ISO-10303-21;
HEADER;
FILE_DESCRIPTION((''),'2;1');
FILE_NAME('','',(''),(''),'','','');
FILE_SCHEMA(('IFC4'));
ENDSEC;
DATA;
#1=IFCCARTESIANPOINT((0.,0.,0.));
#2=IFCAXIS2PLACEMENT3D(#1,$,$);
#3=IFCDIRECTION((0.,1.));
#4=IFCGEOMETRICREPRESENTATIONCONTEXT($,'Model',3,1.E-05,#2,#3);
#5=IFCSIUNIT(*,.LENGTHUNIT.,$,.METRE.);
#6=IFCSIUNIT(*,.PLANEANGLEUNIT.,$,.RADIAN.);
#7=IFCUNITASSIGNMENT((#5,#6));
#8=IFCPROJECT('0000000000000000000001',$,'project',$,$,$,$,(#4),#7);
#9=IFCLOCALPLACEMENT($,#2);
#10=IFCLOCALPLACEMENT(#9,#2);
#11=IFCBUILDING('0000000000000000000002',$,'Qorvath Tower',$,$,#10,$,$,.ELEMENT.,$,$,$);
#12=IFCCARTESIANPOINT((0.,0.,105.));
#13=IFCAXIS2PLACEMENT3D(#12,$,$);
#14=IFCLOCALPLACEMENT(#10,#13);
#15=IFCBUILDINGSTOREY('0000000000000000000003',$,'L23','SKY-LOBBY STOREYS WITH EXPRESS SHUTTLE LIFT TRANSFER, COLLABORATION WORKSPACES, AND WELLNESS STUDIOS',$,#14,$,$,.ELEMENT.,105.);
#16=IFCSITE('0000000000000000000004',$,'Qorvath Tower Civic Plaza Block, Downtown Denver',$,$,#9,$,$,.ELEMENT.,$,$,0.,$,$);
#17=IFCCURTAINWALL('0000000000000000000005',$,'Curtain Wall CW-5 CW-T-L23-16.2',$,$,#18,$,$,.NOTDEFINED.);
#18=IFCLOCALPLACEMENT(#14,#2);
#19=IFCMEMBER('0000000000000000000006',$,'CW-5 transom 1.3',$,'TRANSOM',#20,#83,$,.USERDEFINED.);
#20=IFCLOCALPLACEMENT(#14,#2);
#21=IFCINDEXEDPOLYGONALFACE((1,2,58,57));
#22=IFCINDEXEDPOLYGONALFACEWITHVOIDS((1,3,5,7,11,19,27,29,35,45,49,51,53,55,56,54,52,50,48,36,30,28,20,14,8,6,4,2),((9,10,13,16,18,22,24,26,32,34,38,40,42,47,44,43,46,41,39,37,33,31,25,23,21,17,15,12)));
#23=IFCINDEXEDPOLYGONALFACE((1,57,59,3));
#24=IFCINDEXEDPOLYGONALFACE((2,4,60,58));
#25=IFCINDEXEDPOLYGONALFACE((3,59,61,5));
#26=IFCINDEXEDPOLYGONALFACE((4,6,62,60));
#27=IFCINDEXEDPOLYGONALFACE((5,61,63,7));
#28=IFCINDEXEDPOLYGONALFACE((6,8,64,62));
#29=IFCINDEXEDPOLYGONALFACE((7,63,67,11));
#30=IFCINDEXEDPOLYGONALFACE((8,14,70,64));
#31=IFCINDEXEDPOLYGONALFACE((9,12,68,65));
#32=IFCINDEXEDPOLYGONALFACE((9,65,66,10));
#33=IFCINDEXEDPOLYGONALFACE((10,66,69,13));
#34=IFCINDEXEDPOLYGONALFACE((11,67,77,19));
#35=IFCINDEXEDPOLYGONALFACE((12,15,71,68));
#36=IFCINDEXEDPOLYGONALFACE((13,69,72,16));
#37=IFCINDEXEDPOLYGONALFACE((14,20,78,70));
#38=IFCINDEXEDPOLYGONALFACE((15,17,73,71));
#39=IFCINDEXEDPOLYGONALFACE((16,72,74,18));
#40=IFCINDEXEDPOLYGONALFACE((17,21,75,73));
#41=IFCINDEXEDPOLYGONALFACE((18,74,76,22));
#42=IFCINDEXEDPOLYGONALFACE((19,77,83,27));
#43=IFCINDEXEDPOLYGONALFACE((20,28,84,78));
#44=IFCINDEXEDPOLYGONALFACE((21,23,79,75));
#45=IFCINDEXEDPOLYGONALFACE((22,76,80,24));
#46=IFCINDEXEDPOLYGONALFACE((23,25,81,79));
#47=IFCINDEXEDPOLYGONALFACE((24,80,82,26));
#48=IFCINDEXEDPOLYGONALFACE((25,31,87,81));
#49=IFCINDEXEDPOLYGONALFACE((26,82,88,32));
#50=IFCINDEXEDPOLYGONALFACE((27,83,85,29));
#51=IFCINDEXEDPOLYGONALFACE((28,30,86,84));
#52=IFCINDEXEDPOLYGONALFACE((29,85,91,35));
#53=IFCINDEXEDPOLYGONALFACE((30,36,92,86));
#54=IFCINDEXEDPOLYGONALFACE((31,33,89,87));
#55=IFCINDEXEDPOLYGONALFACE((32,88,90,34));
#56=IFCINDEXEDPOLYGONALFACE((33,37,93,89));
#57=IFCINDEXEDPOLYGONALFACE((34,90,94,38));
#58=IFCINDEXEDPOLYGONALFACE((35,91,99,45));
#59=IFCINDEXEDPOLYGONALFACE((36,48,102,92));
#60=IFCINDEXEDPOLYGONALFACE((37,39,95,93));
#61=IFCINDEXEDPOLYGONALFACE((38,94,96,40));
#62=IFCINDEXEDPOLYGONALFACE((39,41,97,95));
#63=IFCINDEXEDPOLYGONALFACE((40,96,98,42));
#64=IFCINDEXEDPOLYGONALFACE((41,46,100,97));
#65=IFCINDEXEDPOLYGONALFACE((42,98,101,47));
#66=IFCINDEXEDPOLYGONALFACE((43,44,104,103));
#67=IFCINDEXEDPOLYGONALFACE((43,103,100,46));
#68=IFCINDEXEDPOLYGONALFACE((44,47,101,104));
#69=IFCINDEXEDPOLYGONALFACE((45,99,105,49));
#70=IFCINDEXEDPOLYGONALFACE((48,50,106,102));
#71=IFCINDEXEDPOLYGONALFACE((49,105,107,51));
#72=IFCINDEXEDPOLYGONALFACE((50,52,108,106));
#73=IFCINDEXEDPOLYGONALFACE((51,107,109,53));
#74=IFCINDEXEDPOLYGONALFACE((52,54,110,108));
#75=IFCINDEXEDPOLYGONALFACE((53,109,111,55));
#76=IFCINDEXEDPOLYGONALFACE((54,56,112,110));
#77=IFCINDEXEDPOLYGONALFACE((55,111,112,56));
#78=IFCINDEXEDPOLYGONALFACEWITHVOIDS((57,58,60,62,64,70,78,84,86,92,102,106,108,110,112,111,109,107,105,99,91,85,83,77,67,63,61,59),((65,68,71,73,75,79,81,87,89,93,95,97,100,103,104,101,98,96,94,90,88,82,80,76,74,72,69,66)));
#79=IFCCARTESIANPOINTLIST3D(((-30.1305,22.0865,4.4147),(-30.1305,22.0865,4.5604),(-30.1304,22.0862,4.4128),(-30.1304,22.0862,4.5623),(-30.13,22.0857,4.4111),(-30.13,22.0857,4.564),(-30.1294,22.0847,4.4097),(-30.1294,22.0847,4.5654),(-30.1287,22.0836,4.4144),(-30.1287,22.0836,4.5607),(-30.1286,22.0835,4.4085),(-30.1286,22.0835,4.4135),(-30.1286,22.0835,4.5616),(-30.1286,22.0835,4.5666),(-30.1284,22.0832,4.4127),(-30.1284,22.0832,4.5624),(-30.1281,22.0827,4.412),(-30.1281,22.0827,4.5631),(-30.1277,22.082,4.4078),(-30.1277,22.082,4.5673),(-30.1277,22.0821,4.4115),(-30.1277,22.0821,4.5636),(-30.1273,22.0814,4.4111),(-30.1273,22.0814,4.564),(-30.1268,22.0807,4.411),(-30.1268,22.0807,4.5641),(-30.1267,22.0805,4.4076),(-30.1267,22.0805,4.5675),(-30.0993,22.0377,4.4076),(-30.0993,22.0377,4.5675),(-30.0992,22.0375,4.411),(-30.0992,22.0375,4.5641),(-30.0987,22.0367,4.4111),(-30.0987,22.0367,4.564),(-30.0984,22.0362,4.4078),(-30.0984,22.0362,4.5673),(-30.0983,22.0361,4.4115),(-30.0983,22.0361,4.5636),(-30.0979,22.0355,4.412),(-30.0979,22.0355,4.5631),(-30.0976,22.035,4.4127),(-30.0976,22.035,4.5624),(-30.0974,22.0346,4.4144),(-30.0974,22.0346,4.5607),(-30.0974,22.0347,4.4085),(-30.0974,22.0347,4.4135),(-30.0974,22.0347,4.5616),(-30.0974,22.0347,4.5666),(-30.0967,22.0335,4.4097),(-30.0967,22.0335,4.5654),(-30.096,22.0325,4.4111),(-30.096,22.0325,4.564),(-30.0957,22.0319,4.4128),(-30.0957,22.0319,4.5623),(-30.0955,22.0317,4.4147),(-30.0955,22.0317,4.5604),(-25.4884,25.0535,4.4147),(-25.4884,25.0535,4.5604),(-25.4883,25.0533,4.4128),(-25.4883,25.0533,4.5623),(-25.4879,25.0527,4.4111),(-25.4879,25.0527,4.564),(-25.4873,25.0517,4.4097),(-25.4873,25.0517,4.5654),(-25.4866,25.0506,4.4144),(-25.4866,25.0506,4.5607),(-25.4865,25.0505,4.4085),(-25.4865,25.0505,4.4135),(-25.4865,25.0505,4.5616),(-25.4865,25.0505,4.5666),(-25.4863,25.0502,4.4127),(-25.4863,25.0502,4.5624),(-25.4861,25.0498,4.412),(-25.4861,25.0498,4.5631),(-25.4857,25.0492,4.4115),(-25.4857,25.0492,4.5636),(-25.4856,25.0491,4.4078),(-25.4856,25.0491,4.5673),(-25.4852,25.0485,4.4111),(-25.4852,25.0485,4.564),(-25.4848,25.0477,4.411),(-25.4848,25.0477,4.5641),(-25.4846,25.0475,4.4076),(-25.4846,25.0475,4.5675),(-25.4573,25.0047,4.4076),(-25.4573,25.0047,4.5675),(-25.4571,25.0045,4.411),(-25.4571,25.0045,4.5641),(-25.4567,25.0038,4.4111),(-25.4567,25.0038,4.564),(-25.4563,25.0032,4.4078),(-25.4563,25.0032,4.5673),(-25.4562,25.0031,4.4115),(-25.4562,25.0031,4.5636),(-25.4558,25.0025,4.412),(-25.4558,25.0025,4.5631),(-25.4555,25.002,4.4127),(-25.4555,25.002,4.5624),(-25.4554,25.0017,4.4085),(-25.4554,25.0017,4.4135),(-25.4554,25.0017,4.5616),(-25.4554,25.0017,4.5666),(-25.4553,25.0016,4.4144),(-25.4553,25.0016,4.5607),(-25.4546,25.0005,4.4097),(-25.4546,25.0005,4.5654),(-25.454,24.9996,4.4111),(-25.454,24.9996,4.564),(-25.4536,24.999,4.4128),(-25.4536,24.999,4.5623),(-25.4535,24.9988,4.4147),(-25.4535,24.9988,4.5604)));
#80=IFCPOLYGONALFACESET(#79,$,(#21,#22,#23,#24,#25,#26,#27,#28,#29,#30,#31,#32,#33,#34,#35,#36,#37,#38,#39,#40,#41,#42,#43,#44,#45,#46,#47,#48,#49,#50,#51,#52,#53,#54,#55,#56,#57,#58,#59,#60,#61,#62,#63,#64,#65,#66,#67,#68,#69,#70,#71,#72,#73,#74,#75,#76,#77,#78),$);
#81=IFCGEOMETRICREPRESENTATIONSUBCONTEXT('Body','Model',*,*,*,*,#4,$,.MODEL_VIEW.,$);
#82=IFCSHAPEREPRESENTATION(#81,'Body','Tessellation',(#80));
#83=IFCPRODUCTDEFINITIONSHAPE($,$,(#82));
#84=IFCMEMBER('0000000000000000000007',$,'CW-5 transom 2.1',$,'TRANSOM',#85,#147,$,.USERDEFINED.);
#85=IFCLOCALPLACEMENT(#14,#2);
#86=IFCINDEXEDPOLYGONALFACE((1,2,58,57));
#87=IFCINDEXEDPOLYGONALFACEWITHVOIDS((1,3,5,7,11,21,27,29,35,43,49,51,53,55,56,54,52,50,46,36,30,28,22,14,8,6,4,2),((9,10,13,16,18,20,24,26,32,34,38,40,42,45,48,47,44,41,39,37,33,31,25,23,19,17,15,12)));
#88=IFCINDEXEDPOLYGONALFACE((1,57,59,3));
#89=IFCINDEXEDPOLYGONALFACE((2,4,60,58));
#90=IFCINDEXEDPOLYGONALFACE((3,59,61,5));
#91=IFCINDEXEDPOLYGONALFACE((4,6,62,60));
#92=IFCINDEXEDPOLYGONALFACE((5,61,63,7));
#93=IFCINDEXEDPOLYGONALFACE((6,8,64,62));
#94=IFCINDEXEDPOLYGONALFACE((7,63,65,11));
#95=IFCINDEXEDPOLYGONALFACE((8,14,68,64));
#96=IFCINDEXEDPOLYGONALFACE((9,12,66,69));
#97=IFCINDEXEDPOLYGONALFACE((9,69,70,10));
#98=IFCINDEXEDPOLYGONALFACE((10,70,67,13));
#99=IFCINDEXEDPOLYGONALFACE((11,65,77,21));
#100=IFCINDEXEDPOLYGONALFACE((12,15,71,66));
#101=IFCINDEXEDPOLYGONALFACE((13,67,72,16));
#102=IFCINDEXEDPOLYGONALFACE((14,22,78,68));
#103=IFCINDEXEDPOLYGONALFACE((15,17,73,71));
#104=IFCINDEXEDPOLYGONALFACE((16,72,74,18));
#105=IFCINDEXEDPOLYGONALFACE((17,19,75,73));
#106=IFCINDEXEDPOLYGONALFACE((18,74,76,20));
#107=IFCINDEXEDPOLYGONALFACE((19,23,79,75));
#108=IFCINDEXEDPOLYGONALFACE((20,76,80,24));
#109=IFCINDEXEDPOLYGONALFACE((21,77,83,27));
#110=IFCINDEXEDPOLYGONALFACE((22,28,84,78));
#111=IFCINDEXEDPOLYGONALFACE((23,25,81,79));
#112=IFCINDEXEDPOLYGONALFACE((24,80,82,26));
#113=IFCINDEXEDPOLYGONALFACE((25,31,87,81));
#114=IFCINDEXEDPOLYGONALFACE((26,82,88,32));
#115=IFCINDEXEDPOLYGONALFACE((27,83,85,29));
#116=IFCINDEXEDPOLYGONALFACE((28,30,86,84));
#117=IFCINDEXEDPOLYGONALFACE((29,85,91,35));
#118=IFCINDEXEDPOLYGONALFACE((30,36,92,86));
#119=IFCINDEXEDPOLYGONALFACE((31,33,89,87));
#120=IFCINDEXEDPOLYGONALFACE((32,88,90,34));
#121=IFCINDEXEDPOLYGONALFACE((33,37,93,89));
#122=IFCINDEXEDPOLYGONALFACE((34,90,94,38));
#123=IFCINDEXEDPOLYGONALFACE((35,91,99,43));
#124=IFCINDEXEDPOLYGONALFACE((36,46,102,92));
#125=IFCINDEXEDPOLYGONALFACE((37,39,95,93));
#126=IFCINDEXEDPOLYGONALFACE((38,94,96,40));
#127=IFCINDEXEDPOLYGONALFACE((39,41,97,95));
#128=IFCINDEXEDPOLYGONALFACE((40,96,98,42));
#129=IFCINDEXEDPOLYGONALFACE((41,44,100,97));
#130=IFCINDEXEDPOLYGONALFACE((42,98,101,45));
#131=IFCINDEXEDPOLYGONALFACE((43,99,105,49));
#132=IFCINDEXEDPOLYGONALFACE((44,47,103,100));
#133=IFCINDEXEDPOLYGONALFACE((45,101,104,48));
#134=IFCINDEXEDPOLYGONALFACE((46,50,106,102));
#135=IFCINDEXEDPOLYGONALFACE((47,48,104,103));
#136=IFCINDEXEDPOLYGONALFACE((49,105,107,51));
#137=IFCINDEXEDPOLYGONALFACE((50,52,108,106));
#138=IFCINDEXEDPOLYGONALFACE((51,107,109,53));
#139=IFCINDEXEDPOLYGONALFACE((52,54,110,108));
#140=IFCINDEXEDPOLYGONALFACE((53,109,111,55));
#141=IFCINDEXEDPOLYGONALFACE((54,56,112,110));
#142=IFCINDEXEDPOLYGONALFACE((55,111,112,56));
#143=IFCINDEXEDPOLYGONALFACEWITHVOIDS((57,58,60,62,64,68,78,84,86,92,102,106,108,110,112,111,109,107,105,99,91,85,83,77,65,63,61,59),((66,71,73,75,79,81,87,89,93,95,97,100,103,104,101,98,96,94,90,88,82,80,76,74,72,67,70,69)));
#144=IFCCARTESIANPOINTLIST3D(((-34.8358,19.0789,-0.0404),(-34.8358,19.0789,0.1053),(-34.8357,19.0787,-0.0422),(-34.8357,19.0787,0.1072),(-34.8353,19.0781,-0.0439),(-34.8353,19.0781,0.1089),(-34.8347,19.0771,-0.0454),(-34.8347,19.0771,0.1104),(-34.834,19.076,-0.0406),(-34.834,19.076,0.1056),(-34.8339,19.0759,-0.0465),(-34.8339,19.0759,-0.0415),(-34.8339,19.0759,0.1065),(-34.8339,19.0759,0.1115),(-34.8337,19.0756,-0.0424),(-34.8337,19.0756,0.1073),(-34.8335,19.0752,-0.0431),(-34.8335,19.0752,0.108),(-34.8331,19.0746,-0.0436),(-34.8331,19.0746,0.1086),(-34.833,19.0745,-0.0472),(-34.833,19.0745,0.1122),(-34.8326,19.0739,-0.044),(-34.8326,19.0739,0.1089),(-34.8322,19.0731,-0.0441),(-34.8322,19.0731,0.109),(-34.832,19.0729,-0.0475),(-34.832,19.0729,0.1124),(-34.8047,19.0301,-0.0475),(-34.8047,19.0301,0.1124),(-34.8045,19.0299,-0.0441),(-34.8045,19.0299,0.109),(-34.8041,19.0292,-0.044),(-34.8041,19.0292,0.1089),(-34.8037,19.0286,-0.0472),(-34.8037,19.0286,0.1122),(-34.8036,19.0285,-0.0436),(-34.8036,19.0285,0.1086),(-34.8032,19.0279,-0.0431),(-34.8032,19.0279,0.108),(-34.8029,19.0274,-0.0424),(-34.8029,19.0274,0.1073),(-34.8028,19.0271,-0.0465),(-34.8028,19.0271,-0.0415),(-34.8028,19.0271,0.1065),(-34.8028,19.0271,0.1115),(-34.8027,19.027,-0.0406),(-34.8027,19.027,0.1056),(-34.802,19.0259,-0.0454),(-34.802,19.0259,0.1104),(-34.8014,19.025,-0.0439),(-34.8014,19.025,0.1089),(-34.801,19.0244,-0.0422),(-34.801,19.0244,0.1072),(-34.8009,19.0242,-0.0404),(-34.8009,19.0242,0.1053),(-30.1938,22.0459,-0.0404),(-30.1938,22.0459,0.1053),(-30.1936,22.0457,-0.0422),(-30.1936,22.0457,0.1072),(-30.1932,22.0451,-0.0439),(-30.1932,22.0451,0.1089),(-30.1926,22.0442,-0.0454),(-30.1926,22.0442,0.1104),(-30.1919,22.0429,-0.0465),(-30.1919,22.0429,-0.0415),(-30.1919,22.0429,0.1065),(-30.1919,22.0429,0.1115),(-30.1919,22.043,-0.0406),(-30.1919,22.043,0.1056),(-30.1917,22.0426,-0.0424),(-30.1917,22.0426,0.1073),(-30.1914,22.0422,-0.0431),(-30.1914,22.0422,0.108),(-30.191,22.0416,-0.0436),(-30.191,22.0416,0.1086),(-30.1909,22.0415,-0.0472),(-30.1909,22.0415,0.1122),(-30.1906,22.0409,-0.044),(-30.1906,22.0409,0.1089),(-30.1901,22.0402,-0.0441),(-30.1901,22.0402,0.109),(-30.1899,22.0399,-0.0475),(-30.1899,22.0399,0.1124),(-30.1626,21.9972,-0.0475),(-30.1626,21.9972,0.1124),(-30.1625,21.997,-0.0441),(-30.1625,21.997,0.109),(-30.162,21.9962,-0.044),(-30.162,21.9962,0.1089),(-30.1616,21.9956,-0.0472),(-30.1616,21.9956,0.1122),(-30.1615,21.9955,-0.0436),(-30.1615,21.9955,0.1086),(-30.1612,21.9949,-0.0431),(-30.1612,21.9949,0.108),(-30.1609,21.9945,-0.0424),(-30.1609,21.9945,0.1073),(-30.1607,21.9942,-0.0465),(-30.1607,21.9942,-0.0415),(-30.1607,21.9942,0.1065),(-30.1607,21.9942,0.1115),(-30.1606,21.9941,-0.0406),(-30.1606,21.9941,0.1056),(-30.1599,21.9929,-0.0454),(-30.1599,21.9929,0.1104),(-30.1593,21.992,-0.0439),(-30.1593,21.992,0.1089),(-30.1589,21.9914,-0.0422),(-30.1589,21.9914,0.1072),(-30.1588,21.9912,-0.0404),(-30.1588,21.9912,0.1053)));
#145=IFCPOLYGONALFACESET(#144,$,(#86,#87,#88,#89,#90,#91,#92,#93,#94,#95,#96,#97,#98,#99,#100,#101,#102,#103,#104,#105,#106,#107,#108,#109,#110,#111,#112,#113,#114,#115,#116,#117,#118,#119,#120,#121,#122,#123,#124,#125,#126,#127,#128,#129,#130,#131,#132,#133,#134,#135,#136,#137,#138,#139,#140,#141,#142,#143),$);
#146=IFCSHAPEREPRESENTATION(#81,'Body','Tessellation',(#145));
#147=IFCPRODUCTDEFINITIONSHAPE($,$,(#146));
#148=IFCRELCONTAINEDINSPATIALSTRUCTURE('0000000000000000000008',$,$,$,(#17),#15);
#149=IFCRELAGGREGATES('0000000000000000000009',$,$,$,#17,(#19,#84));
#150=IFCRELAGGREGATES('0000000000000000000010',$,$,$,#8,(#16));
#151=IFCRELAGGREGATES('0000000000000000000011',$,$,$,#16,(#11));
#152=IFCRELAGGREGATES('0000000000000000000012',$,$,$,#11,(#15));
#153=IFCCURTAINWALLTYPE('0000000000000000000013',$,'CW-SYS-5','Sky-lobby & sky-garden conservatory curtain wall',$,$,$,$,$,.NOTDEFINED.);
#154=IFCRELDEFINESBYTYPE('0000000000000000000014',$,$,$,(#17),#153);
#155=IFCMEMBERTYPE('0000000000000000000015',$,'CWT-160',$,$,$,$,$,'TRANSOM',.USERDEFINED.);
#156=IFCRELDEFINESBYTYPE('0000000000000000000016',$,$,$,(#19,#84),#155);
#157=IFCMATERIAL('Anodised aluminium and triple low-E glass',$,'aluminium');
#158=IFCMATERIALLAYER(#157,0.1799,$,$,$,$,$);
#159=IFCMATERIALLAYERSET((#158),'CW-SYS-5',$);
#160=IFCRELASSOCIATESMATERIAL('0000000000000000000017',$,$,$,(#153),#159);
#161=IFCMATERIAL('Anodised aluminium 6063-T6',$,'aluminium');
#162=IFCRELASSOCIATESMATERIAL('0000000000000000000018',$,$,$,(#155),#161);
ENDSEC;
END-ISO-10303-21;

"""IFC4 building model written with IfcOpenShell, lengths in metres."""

from ifc_helpers import new_model, si_unit, direction, frame, origin, origin_2d, place, context, subcontext, project, spatial, hollow_rectangle, extrude, material, layer, layer_set, material_profile, profile_set, type_object, element, aggregate, save


model = new_model("IFC4")

# Units and contexts
model_context = context("Model", 3, precision=1e-05, world=origin(), true_north=direction((0.0, 1.0)))
body_context = subcontext(model_context, "Body", "Model", "MODEL_VIEW")
ifc_project = project(units=[si_unit("LENGTHUNIT", "METRE"), si_unit("PLANEANGLEUNIT", "RADIAN")], contexts=[model_context])

# Site, building, storey
site_placement = place(None, origin())
site = spatial("IfcSite", under=ifc_project, at=site_placement, Name="Qorvath Tower Civic Plaza Block, Downtown Denver", CompositionType="ELEMENT", RefElevation=0.0)
building_placement = place(site_placement, origin())
building = spatial("IfcBuilding", under=site, at=building_placement, Name="Qorvath Tower", CompositionType="ELEMENT")
storey_placement = place(building_placement, frame((0.0, 0.0, 105.0)))
storey = spatial("IfcBuildingStorey", under=building, at=storey_placement, Name="L23", Description="SKY-LOBBY STOREYS WITH EXPRESS SHUTTLE LIFT TRANSFER, COLLABORATION WORKSPACES, AND WELLNESS STUDIOS", CompositionType="ELEMENT", Elevation=105.0)

# Shared definitions
ifc_material_1 = material(Name="Anodised aluminium and triple low-E glass", Category="aluminium")
ifc_layer_1 = layer(ifc_material_1, 0.1799)
ifc_layer_set_1 = layer_set([ifc_layer_1], Name="CW-SYS-5")
curtain_wall_type = type_object("IfcCurtainWallType", Name="CW-SYS-5", Description="Sky-lobby & sky-garden conservatory curtain wall", PredefinedType="NOTDEFINED", material=ifc_layer_set_1)

# Curtain wall
curtain_wall_1_placement = place(storey_placement, origin())
curtain_wall_1 = element("IfcCurtainWall", 1, at=curtain_wall_1_placement, inside=storey, type_object=curtain_wall_type, Name="Curtain Wall CW-5 CW-T-L23-16.2", PredefinedType="NOTDEFINED")

# Members
ifc_material_2 = material(Name="Anodised aluminium 6063-T6", Category="aluminium")
ifc_material_profile_1 = material_profile(ifc_material_2, hollow_rectangle(XDim=0.0649, YDim=0.1599, WallThickness=0.0034, InnerFilletRadius=0.0034, OuterFilletRadius=0.0071, at=origin_2d()), Name="CWT 160x65")
ifc_profile_set_1 = profile_set([ifc_material_profile_1], Name="Anodised aluminium 6063-T6")
member_type_1 = type_object("IfcMemberType", Name="CWT-160", ElementType="TRANSOM", PredefinedType="USERDEFINED", material=ifc_profile_set_1)
member_1_placement = place(storey_placement, frame((-25.4709, 25.0261, 4.4875), z_axis=(-0.842592, -0.538552, 0.0), x_axis=(0.538552, -0.842592, 0.0)))
member_1 = element("IfcMember", 2, at=member_1_placement, type_object=member_type_1, Name="CW-5 transom 1.3", ObjectType="TRANSOM", PredefinedType="USERDEFINED", context=body_context, shape_type="SweptSolid", body=[
    extrude(hollow_rectangle(XDim=0.0649, YDim=0.1599, WallThickness=0.0034, InnerFilletRadius=0.0034, OuterFilletRadius=0.0071, at=origin_2d()), origin(), (0.0, 0.0, 1.0), 5.5093),
])
member_2_placement = place(storey_placement, frame((-30.1763, 22.0186, 0.0325), z_axis=(-0.842592, -0.538552, 0.0), x_axis=(0.538552, -0.842592, 0.0)))
member_2 = element("IfcMember", 3, at=member_2_placement, type_object=member_type_1, Name="CW-5 transom 2.1", ObjectType="TRANSOM", PredefinedType="USERDEFINED", context=body_context, shape_type="SweptSolid", body=[
    extrude(hollow_rectangle(XDim=0.0649, YDim=0.1599, WallThickness=0.0034, InnerFilletRadius=0.0034, OuterFilletRadius=0.0071, at=origin_2d()), origin(), (0.0, 0.0, 1.0), 5.5093),
])

aggregate(curtain_wall_1, [member_1, member_2])

save(model, "model.ifc")
